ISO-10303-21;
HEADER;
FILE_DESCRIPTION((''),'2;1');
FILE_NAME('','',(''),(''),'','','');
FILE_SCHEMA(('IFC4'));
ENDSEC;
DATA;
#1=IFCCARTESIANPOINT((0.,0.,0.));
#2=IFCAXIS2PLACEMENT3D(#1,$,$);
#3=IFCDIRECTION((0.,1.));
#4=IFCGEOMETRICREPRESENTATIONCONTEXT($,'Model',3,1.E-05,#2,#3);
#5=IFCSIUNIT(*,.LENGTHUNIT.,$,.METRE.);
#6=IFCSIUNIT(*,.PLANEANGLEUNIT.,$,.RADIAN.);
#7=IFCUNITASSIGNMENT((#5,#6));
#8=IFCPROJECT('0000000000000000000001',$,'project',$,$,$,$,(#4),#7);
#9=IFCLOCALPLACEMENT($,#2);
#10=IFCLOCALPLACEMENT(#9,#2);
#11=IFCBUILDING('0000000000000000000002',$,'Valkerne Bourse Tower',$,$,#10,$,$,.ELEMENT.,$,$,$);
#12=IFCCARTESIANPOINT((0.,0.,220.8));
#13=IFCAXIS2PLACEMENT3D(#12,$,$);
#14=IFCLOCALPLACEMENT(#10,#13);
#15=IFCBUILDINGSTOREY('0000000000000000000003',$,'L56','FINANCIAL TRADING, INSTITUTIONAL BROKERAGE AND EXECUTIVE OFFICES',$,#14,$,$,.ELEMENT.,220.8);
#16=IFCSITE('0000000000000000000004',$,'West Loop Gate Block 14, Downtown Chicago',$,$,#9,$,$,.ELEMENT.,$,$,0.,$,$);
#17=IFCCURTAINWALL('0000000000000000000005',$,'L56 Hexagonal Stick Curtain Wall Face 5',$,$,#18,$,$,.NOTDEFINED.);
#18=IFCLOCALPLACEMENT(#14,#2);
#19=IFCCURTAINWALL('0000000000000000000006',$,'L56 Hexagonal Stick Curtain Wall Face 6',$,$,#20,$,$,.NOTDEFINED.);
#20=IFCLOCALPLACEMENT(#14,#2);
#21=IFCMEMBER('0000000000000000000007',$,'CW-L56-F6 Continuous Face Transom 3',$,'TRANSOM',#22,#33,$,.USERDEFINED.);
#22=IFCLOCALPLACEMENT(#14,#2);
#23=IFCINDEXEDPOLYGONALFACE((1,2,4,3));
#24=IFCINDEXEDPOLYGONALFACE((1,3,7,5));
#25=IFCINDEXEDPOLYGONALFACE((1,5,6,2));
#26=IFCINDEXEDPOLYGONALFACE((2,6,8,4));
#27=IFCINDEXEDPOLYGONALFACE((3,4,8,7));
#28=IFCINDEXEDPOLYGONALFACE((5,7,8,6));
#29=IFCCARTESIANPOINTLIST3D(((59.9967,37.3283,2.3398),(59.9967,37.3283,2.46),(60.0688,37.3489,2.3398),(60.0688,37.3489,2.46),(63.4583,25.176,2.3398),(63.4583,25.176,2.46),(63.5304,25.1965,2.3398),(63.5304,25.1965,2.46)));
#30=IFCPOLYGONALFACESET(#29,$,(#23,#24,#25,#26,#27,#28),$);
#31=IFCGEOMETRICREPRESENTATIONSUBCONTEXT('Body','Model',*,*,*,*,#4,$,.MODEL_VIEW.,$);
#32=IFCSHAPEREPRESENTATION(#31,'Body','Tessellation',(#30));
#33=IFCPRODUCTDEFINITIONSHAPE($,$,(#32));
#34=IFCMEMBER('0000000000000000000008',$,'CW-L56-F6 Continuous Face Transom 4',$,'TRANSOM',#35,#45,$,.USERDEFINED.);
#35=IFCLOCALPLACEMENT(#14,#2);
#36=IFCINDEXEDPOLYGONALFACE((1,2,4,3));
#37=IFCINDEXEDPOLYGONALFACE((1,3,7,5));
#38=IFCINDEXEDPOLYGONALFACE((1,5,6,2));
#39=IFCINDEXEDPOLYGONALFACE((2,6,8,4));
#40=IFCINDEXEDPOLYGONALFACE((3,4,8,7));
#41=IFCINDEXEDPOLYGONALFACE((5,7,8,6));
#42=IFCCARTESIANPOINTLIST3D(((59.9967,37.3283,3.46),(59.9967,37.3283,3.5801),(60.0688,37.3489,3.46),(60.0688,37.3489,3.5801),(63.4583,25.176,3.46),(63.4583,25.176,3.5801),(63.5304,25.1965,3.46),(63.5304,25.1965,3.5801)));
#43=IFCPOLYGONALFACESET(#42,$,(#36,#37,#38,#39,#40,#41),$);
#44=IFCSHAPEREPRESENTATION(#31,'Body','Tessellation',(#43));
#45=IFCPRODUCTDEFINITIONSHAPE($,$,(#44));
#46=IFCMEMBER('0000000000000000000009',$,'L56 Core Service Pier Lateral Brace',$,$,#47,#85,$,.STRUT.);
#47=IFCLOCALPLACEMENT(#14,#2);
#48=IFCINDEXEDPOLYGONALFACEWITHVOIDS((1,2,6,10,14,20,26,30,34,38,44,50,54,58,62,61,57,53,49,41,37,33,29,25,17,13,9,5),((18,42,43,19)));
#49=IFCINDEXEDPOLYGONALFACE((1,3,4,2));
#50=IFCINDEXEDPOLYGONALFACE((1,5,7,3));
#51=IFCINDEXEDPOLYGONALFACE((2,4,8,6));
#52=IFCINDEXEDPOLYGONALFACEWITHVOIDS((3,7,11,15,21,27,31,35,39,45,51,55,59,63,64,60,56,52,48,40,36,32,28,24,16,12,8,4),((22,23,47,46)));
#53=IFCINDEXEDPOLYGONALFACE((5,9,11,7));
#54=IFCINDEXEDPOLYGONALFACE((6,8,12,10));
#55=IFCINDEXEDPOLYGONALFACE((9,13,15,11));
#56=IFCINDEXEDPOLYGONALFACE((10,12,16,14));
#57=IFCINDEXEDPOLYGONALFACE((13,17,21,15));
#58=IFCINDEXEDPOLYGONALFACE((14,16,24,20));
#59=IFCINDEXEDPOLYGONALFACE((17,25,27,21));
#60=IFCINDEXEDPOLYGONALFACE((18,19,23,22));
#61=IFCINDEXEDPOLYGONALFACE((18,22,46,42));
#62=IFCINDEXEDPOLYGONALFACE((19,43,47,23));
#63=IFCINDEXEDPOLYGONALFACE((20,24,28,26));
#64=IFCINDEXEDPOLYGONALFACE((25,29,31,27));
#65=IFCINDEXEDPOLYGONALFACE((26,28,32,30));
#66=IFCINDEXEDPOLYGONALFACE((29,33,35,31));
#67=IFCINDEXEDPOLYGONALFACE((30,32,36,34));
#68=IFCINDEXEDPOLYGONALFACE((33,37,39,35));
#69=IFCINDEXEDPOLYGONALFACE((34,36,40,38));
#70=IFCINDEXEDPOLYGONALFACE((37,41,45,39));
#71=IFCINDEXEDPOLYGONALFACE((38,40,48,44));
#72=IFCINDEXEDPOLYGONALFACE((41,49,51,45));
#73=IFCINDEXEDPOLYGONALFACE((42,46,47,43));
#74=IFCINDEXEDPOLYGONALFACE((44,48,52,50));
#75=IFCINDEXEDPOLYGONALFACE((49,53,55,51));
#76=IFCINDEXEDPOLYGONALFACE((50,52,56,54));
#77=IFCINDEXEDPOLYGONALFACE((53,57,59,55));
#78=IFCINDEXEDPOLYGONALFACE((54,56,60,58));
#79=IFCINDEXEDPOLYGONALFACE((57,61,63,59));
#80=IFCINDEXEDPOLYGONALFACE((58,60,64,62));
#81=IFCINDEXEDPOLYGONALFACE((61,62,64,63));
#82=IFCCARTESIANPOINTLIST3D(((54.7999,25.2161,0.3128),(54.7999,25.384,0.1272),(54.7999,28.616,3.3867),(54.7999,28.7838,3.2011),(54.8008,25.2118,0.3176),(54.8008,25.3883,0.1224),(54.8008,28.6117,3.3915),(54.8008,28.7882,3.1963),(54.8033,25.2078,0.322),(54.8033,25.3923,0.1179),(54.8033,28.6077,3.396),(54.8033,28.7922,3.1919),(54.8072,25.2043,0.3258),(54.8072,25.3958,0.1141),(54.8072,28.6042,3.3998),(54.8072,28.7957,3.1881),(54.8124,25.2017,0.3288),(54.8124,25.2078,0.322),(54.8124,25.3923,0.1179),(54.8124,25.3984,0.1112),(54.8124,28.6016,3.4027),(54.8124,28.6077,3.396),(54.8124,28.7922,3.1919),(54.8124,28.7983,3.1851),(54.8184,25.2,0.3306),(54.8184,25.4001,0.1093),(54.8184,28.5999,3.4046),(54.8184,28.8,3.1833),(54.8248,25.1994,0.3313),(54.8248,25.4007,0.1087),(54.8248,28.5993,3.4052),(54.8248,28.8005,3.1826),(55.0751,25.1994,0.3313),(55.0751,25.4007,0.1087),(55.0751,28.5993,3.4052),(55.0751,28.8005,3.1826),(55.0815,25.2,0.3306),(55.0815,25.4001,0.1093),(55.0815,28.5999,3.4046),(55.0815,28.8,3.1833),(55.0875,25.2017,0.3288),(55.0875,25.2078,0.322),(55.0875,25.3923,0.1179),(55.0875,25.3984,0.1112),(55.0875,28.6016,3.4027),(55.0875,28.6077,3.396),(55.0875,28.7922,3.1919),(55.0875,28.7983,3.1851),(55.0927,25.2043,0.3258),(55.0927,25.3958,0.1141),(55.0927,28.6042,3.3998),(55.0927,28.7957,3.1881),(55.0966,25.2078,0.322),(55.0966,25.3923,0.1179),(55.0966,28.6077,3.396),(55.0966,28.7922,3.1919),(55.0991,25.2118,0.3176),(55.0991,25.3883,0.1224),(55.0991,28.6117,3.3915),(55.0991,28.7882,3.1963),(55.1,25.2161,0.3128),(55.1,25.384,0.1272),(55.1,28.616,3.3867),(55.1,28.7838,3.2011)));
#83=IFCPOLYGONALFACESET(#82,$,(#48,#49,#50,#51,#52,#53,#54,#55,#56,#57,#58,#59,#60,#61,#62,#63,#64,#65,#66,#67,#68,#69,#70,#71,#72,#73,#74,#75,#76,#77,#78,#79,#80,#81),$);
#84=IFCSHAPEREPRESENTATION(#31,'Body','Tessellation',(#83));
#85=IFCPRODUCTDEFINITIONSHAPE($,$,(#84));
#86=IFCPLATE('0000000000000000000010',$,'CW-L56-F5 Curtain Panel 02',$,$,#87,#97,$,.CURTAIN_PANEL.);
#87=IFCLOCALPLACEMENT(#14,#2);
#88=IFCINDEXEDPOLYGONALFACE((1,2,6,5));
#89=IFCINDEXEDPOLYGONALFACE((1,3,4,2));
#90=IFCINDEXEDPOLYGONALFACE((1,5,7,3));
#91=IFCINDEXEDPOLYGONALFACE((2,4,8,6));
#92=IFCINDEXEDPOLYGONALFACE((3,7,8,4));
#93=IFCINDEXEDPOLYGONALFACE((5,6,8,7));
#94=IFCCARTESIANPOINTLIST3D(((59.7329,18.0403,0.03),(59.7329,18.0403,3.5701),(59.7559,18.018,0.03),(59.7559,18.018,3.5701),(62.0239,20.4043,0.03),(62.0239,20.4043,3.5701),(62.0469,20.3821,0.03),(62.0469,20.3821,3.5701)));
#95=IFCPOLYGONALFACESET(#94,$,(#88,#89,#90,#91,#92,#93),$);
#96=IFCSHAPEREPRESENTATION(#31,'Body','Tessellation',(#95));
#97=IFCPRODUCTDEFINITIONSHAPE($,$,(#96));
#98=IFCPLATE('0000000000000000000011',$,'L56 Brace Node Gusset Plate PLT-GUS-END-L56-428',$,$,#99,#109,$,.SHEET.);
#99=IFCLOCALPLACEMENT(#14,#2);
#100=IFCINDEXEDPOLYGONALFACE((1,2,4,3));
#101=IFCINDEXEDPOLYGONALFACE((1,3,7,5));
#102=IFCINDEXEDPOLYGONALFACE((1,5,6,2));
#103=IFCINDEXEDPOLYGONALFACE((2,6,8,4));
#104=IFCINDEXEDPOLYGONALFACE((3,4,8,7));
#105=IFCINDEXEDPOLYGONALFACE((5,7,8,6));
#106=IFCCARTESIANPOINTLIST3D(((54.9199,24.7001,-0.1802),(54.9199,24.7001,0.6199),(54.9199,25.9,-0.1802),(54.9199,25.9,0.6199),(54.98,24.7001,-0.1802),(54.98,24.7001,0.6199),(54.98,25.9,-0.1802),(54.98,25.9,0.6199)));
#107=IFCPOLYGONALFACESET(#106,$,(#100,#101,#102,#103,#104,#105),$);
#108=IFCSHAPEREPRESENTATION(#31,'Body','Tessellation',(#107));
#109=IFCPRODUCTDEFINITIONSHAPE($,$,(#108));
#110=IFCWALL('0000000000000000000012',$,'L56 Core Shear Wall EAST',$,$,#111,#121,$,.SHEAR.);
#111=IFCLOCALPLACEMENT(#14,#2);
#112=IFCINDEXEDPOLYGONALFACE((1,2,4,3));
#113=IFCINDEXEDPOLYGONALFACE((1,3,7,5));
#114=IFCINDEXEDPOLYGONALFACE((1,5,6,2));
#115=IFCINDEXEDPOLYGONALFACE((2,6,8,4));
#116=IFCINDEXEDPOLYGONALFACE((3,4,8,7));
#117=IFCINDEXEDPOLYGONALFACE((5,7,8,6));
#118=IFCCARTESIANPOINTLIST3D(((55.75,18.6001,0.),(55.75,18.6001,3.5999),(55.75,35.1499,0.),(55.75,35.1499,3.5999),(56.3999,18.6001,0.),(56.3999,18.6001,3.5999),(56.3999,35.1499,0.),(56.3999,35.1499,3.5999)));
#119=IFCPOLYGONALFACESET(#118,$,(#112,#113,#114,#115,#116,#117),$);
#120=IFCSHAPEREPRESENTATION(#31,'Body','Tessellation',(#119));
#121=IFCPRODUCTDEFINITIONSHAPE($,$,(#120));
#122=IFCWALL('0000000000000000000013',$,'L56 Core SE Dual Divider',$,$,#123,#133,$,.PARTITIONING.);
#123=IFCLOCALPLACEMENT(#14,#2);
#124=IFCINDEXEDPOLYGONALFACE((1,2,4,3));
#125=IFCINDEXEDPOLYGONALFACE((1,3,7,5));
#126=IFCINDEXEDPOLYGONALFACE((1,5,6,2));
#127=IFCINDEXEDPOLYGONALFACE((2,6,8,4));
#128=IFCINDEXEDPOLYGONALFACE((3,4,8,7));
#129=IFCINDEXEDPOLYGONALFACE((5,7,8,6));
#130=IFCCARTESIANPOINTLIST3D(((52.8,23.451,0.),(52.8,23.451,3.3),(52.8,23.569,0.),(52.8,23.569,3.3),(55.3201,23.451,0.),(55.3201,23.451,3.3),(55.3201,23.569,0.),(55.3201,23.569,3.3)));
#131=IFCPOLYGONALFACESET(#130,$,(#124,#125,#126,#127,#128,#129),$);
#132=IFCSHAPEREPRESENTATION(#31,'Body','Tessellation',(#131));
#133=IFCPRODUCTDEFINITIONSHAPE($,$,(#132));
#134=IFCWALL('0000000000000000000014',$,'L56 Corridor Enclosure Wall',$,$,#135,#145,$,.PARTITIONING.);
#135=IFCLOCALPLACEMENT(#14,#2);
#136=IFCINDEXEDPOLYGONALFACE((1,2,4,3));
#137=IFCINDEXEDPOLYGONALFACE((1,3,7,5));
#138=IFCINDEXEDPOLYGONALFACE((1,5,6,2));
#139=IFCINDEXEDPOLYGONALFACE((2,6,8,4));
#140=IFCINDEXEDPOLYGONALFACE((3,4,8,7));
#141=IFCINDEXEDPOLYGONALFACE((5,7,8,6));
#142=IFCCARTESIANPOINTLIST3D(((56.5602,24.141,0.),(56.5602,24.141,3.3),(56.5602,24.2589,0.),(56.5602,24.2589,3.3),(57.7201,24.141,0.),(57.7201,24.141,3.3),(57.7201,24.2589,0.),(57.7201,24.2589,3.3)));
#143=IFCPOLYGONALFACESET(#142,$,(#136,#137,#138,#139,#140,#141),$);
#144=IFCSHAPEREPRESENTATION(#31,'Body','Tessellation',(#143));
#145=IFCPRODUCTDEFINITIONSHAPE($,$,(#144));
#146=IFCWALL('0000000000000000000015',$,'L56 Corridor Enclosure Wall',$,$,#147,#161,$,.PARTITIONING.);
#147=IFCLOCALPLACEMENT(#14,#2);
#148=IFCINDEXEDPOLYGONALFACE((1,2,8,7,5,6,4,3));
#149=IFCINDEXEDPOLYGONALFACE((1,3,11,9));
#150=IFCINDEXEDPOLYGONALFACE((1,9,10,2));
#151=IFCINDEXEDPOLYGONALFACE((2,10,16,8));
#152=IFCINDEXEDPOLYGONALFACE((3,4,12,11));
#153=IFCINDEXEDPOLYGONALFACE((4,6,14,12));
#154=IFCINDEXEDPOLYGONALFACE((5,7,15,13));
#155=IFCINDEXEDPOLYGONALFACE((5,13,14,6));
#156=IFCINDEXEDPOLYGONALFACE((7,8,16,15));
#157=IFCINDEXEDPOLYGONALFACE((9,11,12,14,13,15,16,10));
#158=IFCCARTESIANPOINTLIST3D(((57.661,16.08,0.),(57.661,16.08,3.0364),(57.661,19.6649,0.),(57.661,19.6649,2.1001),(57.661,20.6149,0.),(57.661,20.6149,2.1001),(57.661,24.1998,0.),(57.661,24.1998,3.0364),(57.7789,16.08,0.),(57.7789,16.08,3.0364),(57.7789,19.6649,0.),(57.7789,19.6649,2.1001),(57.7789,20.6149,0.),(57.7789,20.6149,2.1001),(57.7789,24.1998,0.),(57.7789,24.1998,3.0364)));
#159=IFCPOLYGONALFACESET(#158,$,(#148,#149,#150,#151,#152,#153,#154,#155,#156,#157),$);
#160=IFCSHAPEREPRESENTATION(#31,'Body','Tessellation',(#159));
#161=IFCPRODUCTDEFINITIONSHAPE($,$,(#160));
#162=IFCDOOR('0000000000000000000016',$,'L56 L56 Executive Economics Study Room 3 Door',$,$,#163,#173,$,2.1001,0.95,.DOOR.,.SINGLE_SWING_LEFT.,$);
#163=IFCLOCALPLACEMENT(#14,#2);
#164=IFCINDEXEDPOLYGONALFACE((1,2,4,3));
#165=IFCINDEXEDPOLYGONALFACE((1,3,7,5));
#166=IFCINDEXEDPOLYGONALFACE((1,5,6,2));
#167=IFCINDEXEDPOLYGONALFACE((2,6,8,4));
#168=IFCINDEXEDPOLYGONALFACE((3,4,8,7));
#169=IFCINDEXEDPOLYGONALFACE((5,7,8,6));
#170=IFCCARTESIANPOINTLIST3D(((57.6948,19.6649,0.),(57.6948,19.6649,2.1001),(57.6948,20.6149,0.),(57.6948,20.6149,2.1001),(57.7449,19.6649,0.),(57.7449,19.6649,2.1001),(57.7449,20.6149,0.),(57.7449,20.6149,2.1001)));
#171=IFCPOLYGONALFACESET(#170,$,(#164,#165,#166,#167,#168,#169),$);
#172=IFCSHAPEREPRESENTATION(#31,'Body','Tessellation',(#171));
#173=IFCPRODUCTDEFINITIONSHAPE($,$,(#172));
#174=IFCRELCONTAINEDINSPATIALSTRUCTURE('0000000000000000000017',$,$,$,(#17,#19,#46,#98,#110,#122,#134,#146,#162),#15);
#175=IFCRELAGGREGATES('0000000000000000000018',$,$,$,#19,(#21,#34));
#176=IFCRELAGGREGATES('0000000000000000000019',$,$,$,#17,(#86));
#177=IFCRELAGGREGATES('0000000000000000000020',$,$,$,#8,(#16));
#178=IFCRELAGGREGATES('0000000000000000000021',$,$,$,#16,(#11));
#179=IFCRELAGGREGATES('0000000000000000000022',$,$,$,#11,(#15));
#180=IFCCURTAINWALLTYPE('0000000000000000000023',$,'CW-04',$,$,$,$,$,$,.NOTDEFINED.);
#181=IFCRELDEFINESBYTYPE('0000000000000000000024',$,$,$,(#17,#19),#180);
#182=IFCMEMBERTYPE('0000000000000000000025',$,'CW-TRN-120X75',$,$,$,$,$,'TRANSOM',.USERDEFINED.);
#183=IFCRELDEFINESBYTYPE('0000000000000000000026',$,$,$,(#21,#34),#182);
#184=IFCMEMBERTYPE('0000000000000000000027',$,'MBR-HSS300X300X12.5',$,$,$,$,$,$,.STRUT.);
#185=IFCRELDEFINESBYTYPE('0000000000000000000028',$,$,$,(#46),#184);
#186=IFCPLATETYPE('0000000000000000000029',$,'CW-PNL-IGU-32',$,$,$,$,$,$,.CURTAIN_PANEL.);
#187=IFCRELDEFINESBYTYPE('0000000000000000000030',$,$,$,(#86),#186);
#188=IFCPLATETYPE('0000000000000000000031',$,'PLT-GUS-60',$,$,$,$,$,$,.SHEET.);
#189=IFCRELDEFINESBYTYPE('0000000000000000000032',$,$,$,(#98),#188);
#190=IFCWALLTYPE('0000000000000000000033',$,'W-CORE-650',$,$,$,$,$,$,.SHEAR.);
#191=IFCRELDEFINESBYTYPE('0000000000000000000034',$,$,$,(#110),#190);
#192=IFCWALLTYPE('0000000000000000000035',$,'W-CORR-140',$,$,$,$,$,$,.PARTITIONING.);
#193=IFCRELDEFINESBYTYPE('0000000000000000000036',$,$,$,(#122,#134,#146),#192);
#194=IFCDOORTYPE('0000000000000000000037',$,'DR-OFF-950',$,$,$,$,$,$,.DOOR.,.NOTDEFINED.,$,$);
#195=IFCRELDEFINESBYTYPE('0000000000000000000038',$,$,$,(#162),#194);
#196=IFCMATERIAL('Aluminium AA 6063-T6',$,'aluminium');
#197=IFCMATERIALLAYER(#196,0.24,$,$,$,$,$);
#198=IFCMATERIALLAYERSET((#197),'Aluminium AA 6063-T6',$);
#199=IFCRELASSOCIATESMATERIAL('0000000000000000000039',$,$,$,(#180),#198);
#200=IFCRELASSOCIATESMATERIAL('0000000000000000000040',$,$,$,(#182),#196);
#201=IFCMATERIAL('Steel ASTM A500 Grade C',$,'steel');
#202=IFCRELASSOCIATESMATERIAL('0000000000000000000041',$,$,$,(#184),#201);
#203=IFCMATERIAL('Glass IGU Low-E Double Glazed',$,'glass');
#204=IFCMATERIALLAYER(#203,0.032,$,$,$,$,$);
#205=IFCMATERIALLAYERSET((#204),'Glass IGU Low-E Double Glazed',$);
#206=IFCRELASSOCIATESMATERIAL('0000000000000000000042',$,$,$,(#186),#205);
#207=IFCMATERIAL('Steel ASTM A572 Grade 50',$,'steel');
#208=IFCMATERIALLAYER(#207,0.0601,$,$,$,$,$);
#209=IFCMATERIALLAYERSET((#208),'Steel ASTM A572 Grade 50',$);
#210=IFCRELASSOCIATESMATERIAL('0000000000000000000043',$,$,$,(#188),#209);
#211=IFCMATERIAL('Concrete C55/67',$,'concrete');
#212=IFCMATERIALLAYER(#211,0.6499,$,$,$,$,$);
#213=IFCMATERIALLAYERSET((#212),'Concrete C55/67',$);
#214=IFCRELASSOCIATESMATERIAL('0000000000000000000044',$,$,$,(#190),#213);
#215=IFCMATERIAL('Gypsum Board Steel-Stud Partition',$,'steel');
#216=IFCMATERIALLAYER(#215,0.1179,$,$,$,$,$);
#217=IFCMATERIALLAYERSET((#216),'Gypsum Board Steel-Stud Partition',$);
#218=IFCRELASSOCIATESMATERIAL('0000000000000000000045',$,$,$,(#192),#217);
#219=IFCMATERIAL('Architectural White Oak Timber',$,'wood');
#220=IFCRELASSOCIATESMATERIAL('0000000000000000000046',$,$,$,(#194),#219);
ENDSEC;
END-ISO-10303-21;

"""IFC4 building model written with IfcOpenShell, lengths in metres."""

from ifc_helpers import new_model, si_unit, direction, frame, frame_2d, origin, origin_2d, place, context, subcontext, project, spatial, rectangle, hollow_rectangle, extrude, material, layer, layer_set, material_profile, profile_set, type_object, element, fill, aggregate, save


model = new_model("IFC4")

# Units and contexts
model_context = context("Model", 3, precision=1e-05, world=origin(), true_north=direction((0.0, 1.0)))
body_context = subcontext(model_context, "Body", "Model", "MODEL_VIEW")
ifc_project = project(units=[si_unit("LENGTHUNIT", "METRE"), si_unit("PLANEANGLEUNIT", "RADIAN")], contexts=[model_context])

# Site, building, storey
site_placement = place(None, origin())
site = spatial("IfcSite", under=ifc_project, at=site_placement, Name="West Loop Gate Block 14, Downtown Chicago", CompositionType="ELEMENT", RefElevation=0.0)
building_placement = place(site_placement, origin())
building = spatial("IfcBuilding", under=site, at=building_placement, Name="Valkerne Bourse Tower", CompositionType="ELEMENT")
storey_placement = place(building_placement, frame((0.0, 0.0, 220.8)))
storey = spatial("IfcBuildingStorey", under=building, at=storey_placement, Name="L56", Description="FINANCIAL TRADING, INSTITUTIONAL BROKERAGE AND EXECUTIVE OFFICES", CompositionType="ELEMENT", Elevation=220.8)

# Curtain wall
ifc_material_1 = material(Name="Aluminium AA 6063-T6", Category="aluminium")
ifc_layer_1 = layer(ifc_material_1, 0.24)
ifc_layer_set_1 = layer_set([ifc_layer_1], Name="Aluminium AA 6063-T6")
curtain_wall_type = type_object("IfcCurtainWallType", Name="CW-04", PredefinedType="NOTDEFINED", material=ifc_layer_set_1)
curtain_wall_1_placement = place(storey_placement, origin())
curtain_wall_1 = element("IfcCurtainWall", 1, at=curtain_wall_1_placement, inside=storey, type_object=curtain_wall_type, Name="L56 Hexagonal Stick Curtain Wall Face 5", PredefinedType="NOTDEFINED")

# Curtain wall, members
curtain_wall_2_placement = place(storey_placement, origin())
curtain_wall_2 = element("IfcCurtainWall", 2, at=curtain_wall_2_placement, inside=storey, type_object=curtain_wall_type, Name="L56 Hexagonal Stick Curtain Wall Face 6", PredefinedType="NOTDEFINED")
ifc_material_profile_1 = material_profile(ifc_material_1, rectangle(XDim=0.075, YDim=0.1201, at=origin_2d()), Name="CWT-75X120")
ifc_profile_set_1 = profile_set([ifc_material_profile_1], Name="Aluminium AA 6063-T6")
member_type_1 = type_object("IfcMemberType", Name="CW-TRN-120X75", ElementType="TRANSOM", PredefinedType="USERDEFINED", material=ifc_profile_set_1)
member_1_placement = place(storey_placement, frame((63.4944, 25.1863, 2.3999), z_axis=(-0.273958, 0.961742, 0.0), x_axis=(-0.961742, -0.273958, 0.0)))
member_1 = element("IfcMember", 3, at=member_1_placement, type_object=member_type_1, Name="CW-L56-F6 Continuous Face Transom 3", ObjectType="TRANSOM", PredefinedType="USERDEFINED", context=body_context, shape_type="SweptSolid", body=[
    extrude(rectangle(XDim=0.075, YDim=0.1201, at=origin_2d()), origin(), (0.0, 0.0, 1.0), 12.6357),
])
member_2_placement = place(storey_placement, frame((63.4944, 25.1863, 3.52), z_axis=(-0.273958, 0.961742, 0.0), x_axis=(-0.961742, -0.273958, 0.0)))
member_2 = element("IfcMember", 4, at=member_2_placement, type_object=member_type_1, Name="CW-L56-F6 Continuous Face Transom 4", ObjectType="TRANSOM", PredefinedType="USERDEFINED", context=body_context, shape_type="SweptSolid", body=[
    extrude(rectangle(XDim=0.075, YDim=0.1201, at=origin_2d()), origin(), (0.0, 0.0, 1.0), 12.6357),
])
aggregate(curtain_wall_2, [member_1, member_2])

# Member
ifc_material_2 = material(Name="Steel ASTM A500 Grade C", Category="steel")
ifc_material_profile_2 = material_profile(ifc_material_2, hollow_rectangle(XDim=0.3, YDim=0.3, WallThickness=0.0125, OuterFilletRadius=0.0249, at=origin_2d()), Name="HSS300X300X12.5")
ifc_profile_set_2 = profile_set([ifc_material_profile_2], Name="Steel ASTM A500 Grade C")
member_type_2 = type_object("IfcMemberType", Name="MBR-HSS300X300X12.5", PredefinedType="STRUT", material=ifc_profile_set_2)
member_3_placement = place(storey_placement, frame((54.95, 25.3, 0.22), z_axis=(0.0, 0.741767, 0.670658), x_axis=(-1.0, 0.0, 0.0)))
element("IfcMember", 5, at=member_3_placement, inside=storey, type_object=member_type_2, Name="L56 Core Service Pier Lateral Brace", PredefinedType="STRUT", context=body_context, shape_type="SweptSolid", body=[
    extrude(hollow_rectangle(XDim=0.3, YDim=0.3, WallThickness=0.0125, OuterFilletRadius=0.0249, at=origin_2d()), origin(), (0.0, 0.0, 1.0), 4.5835),
])

# Plates
ifc_material_3 = material(Name="Glass IGU Low-E Double Glazed", Category="glass")
ifc_layer_2 = layer(ifc_material_3, 0.032)
ifc_layer_set_2 = layer_set([ifc_layer_2], Name="Glass IGU Low-E Double Glazed")
plate_type_1 = type_object("IfcPlateType", Name="CW-PNL-IGU-32", PredefinedType="CURTAIN_PANEL", material=ifc_layer_set_2)
plate_1_placement = place(storey_placement, frame((60.8899, 19.2112, 0.03), z_axis=(0.0, 0.0, 1.0), x_axis=(0.69592, 0.718119, 0.0)))
plate_1 = element("IfcPlate", 6, at=plate_1_placement, type_object=plate_type_1, Name="CW-L56-F5 Curtain Panel 02", PredefinedType="CURTAIN_PANEL", context=body_context, shape_type="SweptSolid", body=[
    extrude(rectangle(XDim=3.292, YDim=0.032, at=origin_2d()), origin(), (0.0, 0.0, 1.0), 3.54),
])
aggregate(curtain_wall_1, [plate_1])
ifc_material_4 = material(Name="Steel ASTM A572 Grade 50", Category="steel")
ifc_layer_3 = layer(ifc_material_4, 0.0601)
ifc_layer_set_3 = layer_set([ifc_layer_3], Name="Steel ASTM A572 Grade 50")
plate_type_2 = type_object("IfcPlateType", Name="PLT-GUS-60", PredefinedType="SHEET", material=ifc_layer_set_3)
plate_2_placement = place(storey_placement, frame((54.95, 25.3, -0.1802), z_axis=(0.0, 0.0, 1.0), x_axis=(0.0, 1.0, 0.0)))
element("IfcPlate", 7, at=plate_2_placement, inside=storey, type_object=plate_type_2, Name="L56 Brace Node Gusset Plate PLT-GUS-END-L56-428", PredefinedType="SHEET", context=body_context, shape_type="SweptSolid", body=[
    extrude(rectangle(XDim=1.2, YDim=0.0601, at=origin_2d()), origin(), (0.0, 0.0, 1.0), 0.8),
])

# Walls
ifc_material_5 = material(Name="Concrete C55/67", Category="concrete")
ifc_layer_4 = layer(ifc_material_5, 0.6499)
ifc_layer_set_4 = layer_set([ifc_layer_4], Name="Concrete C55/67")
wall_type_1 = type_object("IfcWallType", Name="W-CORE-650", PredefinedType="SHEAR", material=ifc_layer_set_4)
wall_1_placement = place(storey_placement, frame((56.075, 18.6001, 0.0), z_axis=(0.0, 0.0, 1.0), x_axis=(0.0, 1.0, 0.0)))
element("IfcWall", 8, at=wall_1_placement, inside=storey, type_object=wall_type_1, Name="L56 Core Shear Wall EAST", PredefinedType="SHEAR", context=body_context, shape_type="SweptSolid", body=[
    extrude(rectangle(XDim=16.5498, YDim=0.6499, at=frame_2d((8.2749, 0.0))), origin(), (0.0, 0.0, 1.0), 3.5999),
])
ifc_material_6 = material(Name="Gypsum Board Steel-Stud Partition", Category="steel")
ifc_layer_5 = layer(ifc_material_6, 0.1179)
ifc_layer_set_5 = layer_set([ifc_layer_5], Name="Gypsum Board Steel-Stud Partition")
wall_type_2 = type_object("IfcWallType", Name="W-CORR-140", PredefinedType="PARTITIONING", material=ifc_layer_set_5)
wall_2_placement = place(storey_placement, frame((52.8, 23.51, 0.0), z_axis=(0.0, 0.0, 1.0), x_axis=(1.0, 0.0, 0.0)))
element("IfcWall", 9, at=wall_2_placement, inside=storey, type_object=wall_type_2, Name="L56 Core SE Dual Divider", PredefinedType="PARTITIONING", context=body_context, shape_type="SweptSolid", body=[
    extrude(rectangle(XDim=2.52, YDim=0.1179, at=frame_2d((1.26, 0.0))), origin(), (0.0, 0.0, 1.0), 3.3),
])
wall_3_placement = place(storey_placement, frame((56.5601, 24.2, 0.0), z_axis=(0.0, 0.0, 1.0), x_axis=(1.0, 0.0, 0.0)))
element("IfcWall", 10, at=wall_3_placement, inside=storey, type_object=wall_type_2, Name="L56 Corridor Enclosure Wall", PredefinedType="PARTITIONING", context=body_context, shape_type="SweptSolid", body=[
    extrude(rectangle(XDim=1.1599, YDim=0.1179, at=frame_2d((0.5801, 0.0))), origin(), (0.0, 0.0, 1.0), 3.3),
])

# Wall, opening, door
wall_4_placement = place(storey_placement, frame((57.72, 24.2, 0.0), z_axis=(0.0, 0.0, 1.0), x_axis=(0.0, -1.0, 0.0)))
wall_4 = element("IfcWall", 11, at=wall_4_placement, inside=storey, type_object=wall_type_2, Name="L56 Corridor Enclosure Wall", PredefinedType="PARTITIONING", context=body_context, shape_type="SweptSolid", body=[
    extrude(rectangle(XDim=8.1199, YDim=0.1179, at=frame_2d((4.0601, 0.0))), origin(), (0.0, 0.0, 1.0), 3.0364),
])
opening_1_placement = place(wall_4_placement, frame((3.585, 0.0, 0.0)))
opening_1 = element("IfcOpeningElement", 12, at=opening_1_placement, cuts=wall_4, PredefinedType="OPENING", context=body_context, shape_type="SweptSolid", body=[
    extrude(rectangle(XDim=0.95, YDim=2.1001, at=frame_2d((0.4751, 1.05))), frame((0.0, 0.0688, 0.0), z_axis=(0.0, -1.0, 0.0), x_axis=(1.0, 0.0, 0.0)), (0.0, 0.0, 1.0), 0.1379),
])
ifc_material_7 = material(Name="Architectural White Oak Timber", Category="wood")
door_type_1 = type_object("IfcDoorType", Name="DR-OFF-950", OperationType="NOTDEFINED", PredefinedType="DOOR", material=ifc_material_7)
door_1_placement = place(opening_1_placement, origin())
door_1 = element("IfcDoor", 13, at=door_1_placement, inside=storey, type_object=door_type_1, Name="L56 L56 Executive Economics Study Room 3 Door", OperationType="SINGLE_SWING_LEFT", OverallHeight=2.1001, OverallWidth=0.95, PredefinedType="DOOR", context=body_context, shape_type="SweptSolid", body=[
    extrude(rectangle(XDim=0.95, YDim=2.1001, at=frame_2d((0.4751, 1.05))), frame((0.0, 0.0249, 0.0), z_axis=(0.0, -1.0, 0.0), x_axis=(1.0, 0.0, 0.0)), (0.0, 0.0, 1.0), 0.05),
])
fill(opening_1, door_1)

save(model, "model.ifc")
